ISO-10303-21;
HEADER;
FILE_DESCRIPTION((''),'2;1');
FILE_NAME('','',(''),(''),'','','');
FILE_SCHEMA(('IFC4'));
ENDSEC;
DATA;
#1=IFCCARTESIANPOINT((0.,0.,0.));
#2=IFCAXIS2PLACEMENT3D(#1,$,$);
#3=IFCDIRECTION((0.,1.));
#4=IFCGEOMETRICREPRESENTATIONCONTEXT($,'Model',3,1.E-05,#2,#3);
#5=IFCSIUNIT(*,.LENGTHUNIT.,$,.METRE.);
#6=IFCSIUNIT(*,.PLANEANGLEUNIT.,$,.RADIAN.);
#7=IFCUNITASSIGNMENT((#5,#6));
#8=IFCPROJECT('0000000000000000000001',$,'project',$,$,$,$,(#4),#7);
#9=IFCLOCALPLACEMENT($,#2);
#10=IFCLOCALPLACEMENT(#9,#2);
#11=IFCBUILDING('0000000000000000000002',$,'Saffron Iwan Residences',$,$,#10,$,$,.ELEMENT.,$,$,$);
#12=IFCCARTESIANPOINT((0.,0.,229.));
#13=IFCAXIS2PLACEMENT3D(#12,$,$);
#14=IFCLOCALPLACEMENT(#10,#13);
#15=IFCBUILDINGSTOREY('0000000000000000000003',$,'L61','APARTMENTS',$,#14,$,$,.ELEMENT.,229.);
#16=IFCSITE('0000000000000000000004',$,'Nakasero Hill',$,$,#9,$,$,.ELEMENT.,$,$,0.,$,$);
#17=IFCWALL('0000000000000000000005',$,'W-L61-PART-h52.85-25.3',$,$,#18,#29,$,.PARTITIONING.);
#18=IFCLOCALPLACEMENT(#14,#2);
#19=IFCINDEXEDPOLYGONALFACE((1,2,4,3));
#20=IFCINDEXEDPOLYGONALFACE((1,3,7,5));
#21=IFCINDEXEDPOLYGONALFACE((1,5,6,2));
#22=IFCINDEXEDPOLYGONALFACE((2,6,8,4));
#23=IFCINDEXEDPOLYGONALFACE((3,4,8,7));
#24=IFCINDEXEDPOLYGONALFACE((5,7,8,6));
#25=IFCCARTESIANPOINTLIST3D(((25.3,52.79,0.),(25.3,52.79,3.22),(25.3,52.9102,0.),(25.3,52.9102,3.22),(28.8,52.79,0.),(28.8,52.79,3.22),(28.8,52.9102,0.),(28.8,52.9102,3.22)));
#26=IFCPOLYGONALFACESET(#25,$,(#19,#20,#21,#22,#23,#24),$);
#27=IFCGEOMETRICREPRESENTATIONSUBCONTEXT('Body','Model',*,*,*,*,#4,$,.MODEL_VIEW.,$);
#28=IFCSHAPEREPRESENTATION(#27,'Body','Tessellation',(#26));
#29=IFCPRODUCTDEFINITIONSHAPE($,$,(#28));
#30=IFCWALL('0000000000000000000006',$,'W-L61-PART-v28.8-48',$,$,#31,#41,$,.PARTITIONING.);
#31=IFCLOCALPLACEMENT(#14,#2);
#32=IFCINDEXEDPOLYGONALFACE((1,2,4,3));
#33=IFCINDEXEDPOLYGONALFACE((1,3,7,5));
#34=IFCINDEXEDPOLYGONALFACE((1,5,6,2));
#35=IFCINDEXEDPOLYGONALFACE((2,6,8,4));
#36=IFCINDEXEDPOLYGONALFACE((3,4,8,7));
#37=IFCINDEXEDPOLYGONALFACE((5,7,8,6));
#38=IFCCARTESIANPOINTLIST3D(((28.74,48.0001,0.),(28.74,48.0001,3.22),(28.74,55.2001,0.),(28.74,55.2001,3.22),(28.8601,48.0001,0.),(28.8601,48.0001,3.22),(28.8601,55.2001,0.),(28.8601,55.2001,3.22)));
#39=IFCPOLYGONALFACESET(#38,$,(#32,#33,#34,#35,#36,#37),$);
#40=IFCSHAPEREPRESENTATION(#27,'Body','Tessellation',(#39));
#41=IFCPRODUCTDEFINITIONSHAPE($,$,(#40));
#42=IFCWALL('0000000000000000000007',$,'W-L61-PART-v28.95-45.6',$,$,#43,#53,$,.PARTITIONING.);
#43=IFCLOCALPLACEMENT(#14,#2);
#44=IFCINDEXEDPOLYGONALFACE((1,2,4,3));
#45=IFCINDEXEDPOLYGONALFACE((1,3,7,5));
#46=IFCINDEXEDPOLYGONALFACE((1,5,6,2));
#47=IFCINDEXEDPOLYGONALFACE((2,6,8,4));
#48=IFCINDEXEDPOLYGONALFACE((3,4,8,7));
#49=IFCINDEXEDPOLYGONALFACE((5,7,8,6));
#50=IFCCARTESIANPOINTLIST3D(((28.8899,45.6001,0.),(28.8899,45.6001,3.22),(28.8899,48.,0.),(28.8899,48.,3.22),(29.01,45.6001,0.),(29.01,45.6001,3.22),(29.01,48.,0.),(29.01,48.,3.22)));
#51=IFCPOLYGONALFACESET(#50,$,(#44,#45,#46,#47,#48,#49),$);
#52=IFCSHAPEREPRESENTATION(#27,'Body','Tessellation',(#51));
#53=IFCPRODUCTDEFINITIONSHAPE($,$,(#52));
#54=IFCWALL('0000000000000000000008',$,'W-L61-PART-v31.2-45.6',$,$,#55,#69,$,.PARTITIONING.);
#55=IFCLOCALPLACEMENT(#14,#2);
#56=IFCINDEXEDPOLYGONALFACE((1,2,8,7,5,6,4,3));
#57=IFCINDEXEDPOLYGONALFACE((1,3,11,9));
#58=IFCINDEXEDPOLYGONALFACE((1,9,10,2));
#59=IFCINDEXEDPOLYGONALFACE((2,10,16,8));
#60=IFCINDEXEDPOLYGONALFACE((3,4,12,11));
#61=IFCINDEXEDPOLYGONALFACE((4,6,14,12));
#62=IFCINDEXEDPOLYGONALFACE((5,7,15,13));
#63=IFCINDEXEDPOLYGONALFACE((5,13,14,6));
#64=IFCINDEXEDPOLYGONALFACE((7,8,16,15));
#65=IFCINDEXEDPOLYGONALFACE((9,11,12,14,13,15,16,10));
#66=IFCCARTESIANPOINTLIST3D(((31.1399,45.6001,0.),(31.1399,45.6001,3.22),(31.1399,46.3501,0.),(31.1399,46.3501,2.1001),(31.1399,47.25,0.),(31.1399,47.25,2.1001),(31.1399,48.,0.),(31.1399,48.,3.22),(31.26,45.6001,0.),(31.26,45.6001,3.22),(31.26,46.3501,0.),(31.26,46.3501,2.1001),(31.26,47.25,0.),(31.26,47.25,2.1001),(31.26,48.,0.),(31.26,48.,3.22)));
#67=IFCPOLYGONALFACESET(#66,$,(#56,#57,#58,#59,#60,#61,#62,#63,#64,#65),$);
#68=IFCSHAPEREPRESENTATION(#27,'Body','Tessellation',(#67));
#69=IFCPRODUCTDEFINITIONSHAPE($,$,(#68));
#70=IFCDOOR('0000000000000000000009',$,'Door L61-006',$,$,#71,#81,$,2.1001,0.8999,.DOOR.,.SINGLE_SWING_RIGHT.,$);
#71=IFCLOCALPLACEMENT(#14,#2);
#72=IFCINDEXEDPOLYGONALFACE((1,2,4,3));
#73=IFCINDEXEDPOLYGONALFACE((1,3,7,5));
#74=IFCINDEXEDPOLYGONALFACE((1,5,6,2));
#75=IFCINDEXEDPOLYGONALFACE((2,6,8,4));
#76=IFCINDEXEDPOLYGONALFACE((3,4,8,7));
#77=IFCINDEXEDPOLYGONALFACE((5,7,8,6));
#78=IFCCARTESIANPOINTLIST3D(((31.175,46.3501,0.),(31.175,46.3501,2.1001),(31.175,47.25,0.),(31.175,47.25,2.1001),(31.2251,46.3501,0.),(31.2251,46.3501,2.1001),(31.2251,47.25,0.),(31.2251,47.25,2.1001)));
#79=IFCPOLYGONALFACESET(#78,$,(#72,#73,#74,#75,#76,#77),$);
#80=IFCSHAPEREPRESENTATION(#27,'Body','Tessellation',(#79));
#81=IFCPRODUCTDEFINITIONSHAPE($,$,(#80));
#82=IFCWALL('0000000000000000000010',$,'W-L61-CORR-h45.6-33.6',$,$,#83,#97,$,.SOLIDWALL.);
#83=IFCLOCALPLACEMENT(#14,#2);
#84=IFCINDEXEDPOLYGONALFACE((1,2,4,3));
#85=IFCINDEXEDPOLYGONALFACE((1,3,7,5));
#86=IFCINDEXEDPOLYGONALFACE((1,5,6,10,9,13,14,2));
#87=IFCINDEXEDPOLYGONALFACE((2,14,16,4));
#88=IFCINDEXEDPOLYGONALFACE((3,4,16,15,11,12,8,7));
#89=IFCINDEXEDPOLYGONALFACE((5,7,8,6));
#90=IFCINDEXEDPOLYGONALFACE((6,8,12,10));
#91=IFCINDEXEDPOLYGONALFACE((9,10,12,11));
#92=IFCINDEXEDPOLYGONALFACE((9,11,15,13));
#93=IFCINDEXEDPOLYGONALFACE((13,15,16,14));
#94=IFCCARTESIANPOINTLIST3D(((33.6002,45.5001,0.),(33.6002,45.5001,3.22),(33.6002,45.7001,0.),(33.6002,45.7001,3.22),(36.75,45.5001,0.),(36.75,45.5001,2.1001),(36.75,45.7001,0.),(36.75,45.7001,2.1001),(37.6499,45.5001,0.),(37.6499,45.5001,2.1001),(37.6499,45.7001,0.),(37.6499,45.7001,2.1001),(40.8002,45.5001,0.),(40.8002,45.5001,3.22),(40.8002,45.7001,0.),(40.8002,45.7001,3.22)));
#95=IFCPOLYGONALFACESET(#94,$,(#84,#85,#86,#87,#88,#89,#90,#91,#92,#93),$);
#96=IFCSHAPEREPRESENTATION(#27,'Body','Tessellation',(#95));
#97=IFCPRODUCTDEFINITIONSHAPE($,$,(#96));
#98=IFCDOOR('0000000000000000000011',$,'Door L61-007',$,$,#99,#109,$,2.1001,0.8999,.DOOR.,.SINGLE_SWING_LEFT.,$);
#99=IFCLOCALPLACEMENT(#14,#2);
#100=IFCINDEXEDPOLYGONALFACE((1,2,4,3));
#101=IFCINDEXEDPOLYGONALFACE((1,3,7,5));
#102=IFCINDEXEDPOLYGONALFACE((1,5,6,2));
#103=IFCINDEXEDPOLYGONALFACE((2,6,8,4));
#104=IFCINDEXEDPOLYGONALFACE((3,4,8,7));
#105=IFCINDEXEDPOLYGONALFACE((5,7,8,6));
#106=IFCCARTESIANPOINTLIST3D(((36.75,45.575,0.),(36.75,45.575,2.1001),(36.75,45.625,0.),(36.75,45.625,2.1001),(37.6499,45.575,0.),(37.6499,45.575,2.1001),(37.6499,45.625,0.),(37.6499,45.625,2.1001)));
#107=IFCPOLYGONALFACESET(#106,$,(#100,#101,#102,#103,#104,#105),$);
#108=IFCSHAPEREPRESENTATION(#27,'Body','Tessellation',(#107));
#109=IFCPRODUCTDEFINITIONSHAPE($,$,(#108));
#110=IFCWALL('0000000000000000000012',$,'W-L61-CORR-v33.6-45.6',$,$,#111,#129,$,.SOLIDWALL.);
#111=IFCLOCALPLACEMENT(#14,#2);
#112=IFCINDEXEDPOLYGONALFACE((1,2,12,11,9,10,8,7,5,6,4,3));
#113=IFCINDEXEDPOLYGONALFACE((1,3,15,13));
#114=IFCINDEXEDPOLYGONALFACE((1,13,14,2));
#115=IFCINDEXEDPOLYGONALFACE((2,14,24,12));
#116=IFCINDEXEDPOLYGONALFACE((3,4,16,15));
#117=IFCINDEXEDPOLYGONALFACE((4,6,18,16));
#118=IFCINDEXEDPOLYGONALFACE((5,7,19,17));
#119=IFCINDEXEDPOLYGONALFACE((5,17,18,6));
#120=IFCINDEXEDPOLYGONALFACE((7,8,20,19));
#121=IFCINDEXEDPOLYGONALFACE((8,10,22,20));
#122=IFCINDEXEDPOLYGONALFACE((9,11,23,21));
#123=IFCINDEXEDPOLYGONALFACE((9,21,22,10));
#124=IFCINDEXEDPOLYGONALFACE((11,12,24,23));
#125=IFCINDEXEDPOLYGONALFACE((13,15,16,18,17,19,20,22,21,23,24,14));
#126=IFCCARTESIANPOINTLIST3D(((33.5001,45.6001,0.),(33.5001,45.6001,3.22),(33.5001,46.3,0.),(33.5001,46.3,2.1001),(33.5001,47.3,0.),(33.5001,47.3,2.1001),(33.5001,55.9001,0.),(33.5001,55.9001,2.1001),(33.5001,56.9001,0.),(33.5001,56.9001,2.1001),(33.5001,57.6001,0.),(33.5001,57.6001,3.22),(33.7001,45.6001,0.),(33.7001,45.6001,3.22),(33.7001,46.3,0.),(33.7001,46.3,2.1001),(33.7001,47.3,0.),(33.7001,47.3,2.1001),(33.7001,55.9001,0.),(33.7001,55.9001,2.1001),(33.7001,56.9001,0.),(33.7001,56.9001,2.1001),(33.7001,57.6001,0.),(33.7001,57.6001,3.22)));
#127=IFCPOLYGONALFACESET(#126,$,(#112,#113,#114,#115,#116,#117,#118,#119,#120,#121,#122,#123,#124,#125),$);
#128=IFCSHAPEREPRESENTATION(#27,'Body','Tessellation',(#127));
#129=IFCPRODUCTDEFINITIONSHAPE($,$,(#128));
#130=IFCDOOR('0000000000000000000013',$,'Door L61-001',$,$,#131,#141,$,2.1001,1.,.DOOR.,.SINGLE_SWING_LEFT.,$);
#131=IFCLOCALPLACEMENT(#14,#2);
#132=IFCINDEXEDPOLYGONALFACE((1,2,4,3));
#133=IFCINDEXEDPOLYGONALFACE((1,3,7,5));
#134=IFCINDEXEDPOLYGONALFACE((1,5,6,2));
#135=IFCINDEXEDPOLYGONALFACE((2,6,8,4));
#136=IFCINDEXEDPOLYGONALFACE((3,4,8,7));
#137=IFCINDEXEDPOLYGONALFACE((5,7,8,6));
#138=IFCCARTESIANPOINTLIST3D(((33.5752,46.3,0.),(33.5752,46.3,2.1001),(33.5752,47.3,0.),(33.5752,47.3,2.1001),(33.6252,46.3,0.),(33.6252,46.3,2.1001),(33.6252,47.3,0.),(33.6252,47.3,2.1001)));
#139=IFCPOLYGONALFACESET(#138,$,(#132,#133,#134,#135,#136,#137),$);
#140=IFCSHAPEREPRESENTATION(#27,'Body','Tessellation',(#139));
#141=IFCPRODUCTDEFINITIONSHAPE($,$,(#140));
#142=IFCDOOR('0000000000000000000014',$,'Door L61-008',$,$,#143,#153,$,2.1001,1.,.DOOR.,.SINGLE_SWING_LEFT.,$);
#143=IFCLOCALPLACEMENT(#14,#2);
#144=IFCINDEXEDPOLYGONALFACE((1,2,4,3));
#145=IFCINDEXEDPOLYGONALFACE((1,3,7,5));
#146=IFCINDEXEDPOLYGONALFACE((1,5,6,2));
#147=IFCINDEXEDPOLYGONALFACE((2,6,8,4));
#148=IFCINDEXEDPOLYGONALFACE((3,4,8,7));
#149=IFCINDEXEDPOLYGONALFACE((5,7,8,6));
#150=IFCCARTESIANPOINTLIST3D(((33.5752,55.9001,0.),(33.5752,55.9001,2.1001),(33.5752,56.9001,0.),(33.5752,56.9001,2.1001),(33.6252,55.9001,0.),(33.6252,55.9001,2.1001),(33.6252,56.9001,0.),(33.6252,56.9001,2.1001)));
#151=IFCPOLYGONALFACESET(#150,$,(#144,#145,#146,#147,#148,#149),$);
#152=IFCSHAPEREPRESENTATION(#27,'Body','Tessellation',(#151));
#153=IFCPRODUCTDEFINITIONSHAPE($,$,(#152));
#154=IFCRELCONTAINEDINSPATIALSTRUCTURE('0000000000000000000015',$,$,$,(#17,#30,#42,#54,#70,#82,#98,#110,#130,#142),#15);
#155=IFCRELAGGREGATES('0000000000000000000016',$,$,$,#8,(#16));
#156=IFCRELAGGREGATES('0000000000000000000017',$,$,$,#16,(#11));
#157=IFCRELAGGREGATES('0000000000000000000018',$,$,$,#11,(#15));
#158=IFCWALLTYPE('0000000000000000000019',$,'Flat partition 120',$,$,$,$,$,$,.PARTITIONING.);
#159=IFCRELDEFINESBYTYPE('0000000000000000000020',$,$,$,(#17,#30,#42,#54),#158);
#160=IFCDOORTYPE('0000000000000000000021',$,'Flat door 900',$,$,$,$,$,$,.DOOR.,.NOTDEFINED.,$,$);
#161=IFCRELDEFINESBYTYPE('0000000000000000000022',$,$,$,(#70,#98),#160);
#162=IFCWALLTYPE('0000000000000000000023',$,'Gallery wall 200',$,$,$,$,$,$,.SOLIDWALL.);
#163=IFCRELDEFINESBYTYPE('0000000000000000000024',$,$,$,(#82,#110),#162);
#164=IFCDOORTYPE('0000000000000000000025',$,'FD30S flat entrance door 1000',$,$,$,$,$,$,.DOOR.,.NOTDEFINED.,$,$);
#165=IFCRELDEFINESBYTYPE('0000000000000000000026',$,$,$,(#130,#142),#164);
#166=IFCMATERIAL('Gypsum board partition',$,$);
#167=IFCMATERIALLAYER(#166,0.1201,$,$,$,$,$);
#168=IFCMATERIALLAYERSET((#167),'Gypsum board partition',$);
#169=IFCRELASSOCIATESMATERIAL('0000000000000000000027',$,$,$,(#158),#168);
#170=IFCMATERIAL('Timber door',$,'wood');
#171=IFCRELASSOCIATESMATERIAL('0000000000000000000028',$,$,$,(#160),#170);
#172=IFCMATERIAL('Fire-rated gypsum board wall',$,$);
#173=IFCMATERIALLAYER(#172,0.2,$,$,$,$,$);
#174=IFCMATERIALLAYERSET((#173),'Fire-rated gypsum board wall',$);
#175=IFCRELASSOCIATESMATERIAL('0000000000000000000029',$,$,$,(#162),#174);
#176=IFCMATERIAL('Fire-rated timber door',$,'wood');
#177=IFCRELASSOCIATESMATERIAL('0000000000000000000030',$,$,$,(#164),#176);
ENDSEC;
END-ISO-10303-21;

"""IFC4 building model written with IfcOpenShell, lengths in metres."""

from ifc_helpers import new_model, si_unit, direction, frame, frame_2d, origin, place, context, subcontext, project, spatial, rectangle, extrude, material, layer, layer_set, type_object, element, fill, save


model = new_model("IFC4")

# Units and contexts
model_context = context("Model", 3, precision=1e-05, world=origin(), true_north=direction((0.0, 1.0)))
body_context = subcontext(model_context, "Body", "Model", "MODEL_VIEW")
ifc_project = project(units=[si_unit("LENGTHUNIT", "METRE"), si_unit("PLANEANGLEUNIT", "RADIAN")], contexts=[model_context])

# Site, building, storey
site_placement = place(None, origin())
site = spatial("IfcSite", under=ifc_project, at=site_placement, Name="Nakasero Hill", CompositionType="ELEMENT", RefElevation=0.0)
building_placement = place(site_placement, origin())
building = spatial("IfcBuilding", under=site, at=building_placement, Name="Saffron Iwan Residences", CompositionType="ELEMENT")
storey_placement = place(building_placement, frame((0.0, 0.0, 229.0)))
storey = spatial("IfcBuildingStorey", under=building, at=storey_placement, Name="L61", Description="APARTMENTS", CompositionType="ELEMENT", Elevation=229.0)

# Walls
ifc_material_1 = material(Name="Gypsum board partition")
ifc_layer_1 = layer(ifc_material_1, 0.1201)
ifc_layer_set_1 = layer_set([ifc_layer_1], Name="Gypsum board partition")
wall_type_1 = type_object("IfcWallType", Name="Flat partition 120", PredefinedType="PARTITIONING", material=ifc_layer_set_1)
wall_1_placement = place(storey_placement, frame((25.3, 52.8501, 0.0), z_axis=(0.0, 0.0, 1.0), x_axis=(1.0, 0.0, 0.0)))
element("IfcWall", 1, at=wall_1_placement, inside=storey, type_object=wall_type_1, Name="W-L61-PART-h52.85-25.3", PredefinedType="PARTITIONING", context=body_context, shape_type="SweptSolid", body=[
    extrude(rectangle(XDim=3.5, YDim=0.1201, at=frame_2d((1.75, 0.0))), origin(), (0.0, 0.0, 1.0), 3.22),
])
wall_2_placement = place(storey_placement, frame((28.8, 48.0, 0.0), z_axis=(0.0, 0.0, 1.0), x_axis=(0.0, 1.0, 0.0)))
element("IfcWall", 2, at=wall_2_placement, inside=storey, type_object=wall_type_1, Name="W-L61-PART-v28.8-48", PredefinedType="PARTITIONING", context=body_context, shape_type="SweptSolid", body=[
    extrude(rectangle(XDim=7.2, YDim=0.1201, at=frame_2d((3.6001, 0.0))), origin(), (0.0, 0.0, 1.0), 3.22),
])
wall_3_placement = place(storey_placement, frame((28.95, 45.6001, 0.0), z_axis=(0.0, 0.0, 1.0), x_axis=(0.0, 1.0, 0.0)))
element("IfcWall", 3, at=wall_3_placement, inside=storey, type_object=wall_type_1, Name="W-L61-PART-v28.95-45.6", PredefinedType="PARTITIONING", context=body_context, shape_type="SweptSolid", body=[
    extrude(rectangle(XDim=2.3999, YDim=0.1201, at=frame_2d((1.2, 0.0))), origin(), (0.0, 0.0, 1.0), 3.22),
])

# Walls, openings, doors
wall_4_placement = place(storey_placement, frame((31.2, 45.6001, 0.0), z_axis=(0.0, 0.0, 1.0), x_axis=(0.0, 1.0, 0.0)))
wall_4 = element("IfcWall", 4, at=wall_4_placement, inside=storey, type_object=wall_type_1, Name="W-L61-PART-v31.2-45.6", PredefinedType="PARTITIONING", context=body_context, shape_type="SweptSolid", body=[
    extrude(rectangle(XDim=2.3999, YDim=0.1201, at=frame_2d((1.2, 0.0))), origin(), (0.0, 0.0, 1.0), 3.22),
])
opening_1_placement = place(wall_4_placement, frame((0.75, 0.0, 0.0)))
opening_1 = element("IfcOpeningElement", 5, at=opening_1_placement, cuts=wall_4, PredefinedType="OPENING", context=body_context, shape_type="SweptSolid", body=[
    extrude(rectangle(XDim=0.8999, YDim=2.1001, at=frame_2d((0.45, 1.05))), frame((0.0, 0.0701, 0.0), z_axis=(0.0, -1.0, 0.0), x_axis=(1.0, 0.0, 0.0)), (0.0, 0.0, 1.0), 0.1401),
])
ifc_material_2 = material(Name="Timber door", Category="wood")
door_type_1 = type_object("IfcDoorType", Name="Flat door 900", OperationType="NOTDEFINED", PredefinedType="DOOR", material=ifc_material_2)
door_1_placement = place(opening_1_placement, origin())
door_1 = element("IfcDoor", 6, at=door_1_placement, inside=storey, type_object=door_type_1, Name="Door L61-006", OperationType="SINGLE_SWING_RIGHT", OverallHeight=2.1001, OverallWidth=0.8999, PredefinedType="DOOR", context=body_context, shape_type="SweptSolid", body=[
    extrude(rectangle(XDim=0.8999, YDim=2.1001, at=frame_2d((0.45, 1.05))), frame((0.0, 0.0249, 0.0), z_axis=(0.0, -1.0, 0.0), x_axis=(1.0, 0.0, 0.0)), (0.0, 0.0, 1.0), 0.05),
])
fill(opening_1, door_1)
ifc_material_3 = material(Name="Fire-rated gypsum board wall")
ifc_layer_2 = layer(ifc_material_3, 0.2)
ifc_layer_set_2 = layer_set([ifc_layer_2], Name="Fire-rated gypsum board wall")
wall_type_2 = type_object("IfcWallType", Name="Gallery wall 200", PredefinedType="SOLIDWALL", material=ifc_layer_set_2)
wall_5_placement = place(storey_placement, frame((33.6001, 45.6001, 0.0), z_axis=(0.0, 0.0, 1.0), x_axis=(1.0, 0.0, 0.0)))
wall_5 = element("IfcWall", 7, at=wall_5_placement, inside=storey, type_object=wall_type_2, Name="W-L61-CORR-h45.6-33.6", PredefinedType="SOLIDWALL", context=body_context, shape_type="SweptSolid", body=[
    extrude(rectangle(XDim=7.2, YDim=0.2, at=frame_2d((3.6001, 0.0))), origin(), (0.0, 0.0, 1.0), 3.22),
])
opening_2_placement = place(wall_5_placement, frame((3.1499, 0.0, 0.0)))
opening_2 = element("IfcOpeningElement", 8, at=opening_2_placement, cuts=wall_5, PredefinedType="OPENING", context=body_context, shape_type="SweptSolid", body=[
    extrude(rectangle(XDim=0.8999, YDim=2.1001, at=frame_2d((0.45, 1.05))), frame((0.0, 0.1099, 0.0), z_axis=(0.0, -1.0, 0.0), x_axis=(1.0, 0.0, 0.0)), (0.0, 0.0, 1.0), 0.22),
])
door_2_placement = place(opening_2_placement, origin())
door_2 = element("IfcDoor", 9, at=door_2_placement, inside=storey, type_object=door_type_1, Name="Door L61-007", OperationType="SINGLE_SWING_LEFT", OverallHeight=2.1001, OverallWidth=0.8999, PredefinedType="DOOR", context=body_context, shape_type="SweptSolid", body=[
    extrude(rectangle(XDim=0.8999, YDim=2.1001, at=frame_2d((0.45, 1.05))), frame((0.0, 0.0249, 0.0), z_axis=(0.0, -1.0, 0.0), x_axis=(1.0, 0.0, 0.0)), (0.0, 0.0, 1.0), 0.05),
])
fill(opening_2, door_2)

# Wall, openings, doors
wall_6_placement = place(storey_placement, frame((33.6001, 45.6001, 0.0), z_axis=(0.0, 0.0, 1.0), x_axis=(0.0, 1.0, 0.0)))
wall_6 = element("IfcWall", 10, at=wall_6_placement, inside=storey, type_object=wall_type_2, Name="W-L61-CORR-v33.6-45.6", PredefinedType="SOLIDWALL", context=body_context, shape_type="SweptSolid", body=[
    extrude(rectangle(XDim=12.0, YDim=0.2, at=frame_2d((6.0, 0.0))), origin(), (0.0, 0.0, 1.0), 3.22),
])
opening_3_placement = place(wall_6_placement, frame((0.7, 0.0, 0.0)))
opening_3 = element("IfcOpeningElement", 11, at=opening_3_placement, cuts=wall_6, PredefinedType="OPENING", context=body_context, shape_type="SweptSolid", body=[
    extrude(rectangle(XDim=1.0, YDim=2.1001, at=frame_2d((0.5, 1.05))), frame((0.0, 0.1099, 0.0), z_axis=(0.0, -1.0, 0.0), x_axis=(1.0, 0.0, 0.0)), (0.0, 0.0, 1.0), 0.22),
])
opening_4_placement = place(wall_6_placement, frame((10.3, 0.0, 0.0)))
opening_4 = element("IfcOpeningElement", 12, at=opening_4_placement, cuts=wall_6, PredefinedType="OPENING", context=body_context, shape_type="SweptSolid", body=[
    extrude(rectangle(XDim=1.0, YDim=2.1001, at=frame_2d((0.5, 1.05))), frame((0.0, 0.1099, 0.0), z_axis=(0.0, -1.0, 0.0), x_axis=(1.0, 0.0, 0.0)), (0.0, 0.0, 1.0), 0.22),
])
ifc_material_4 = material(Name="Fire-rated timber door", Category="wood")
door_type_2 = type_object("IfcDoorType", Name="FD30S flat entrance door 1000", OperationType="NOTDEFINED", PredefinedType="DOOR", material=ifc_material_4)
door_3_placement = place(opening_3_placement, origin())
door_3 = element("IfcDoor", 13, at=door_3_placement, inside=storey, type_object=door_type_2, Name="Door L61-001", OperationType="SINGLE_SWING_LEFT", OverallHeight=2.1001, OverallWidth=1.0, PredefinedType="DOOR", context=body_context, shape_type="SweptSolid", body=[
    extrude(rectangle(XDim=1.0, YDim=2.1001, at=frame_2d((0.5, 1.05))), frame((0.0, 0.0249, 0.0), z_axis=(0.0, -1.0, 0.0), x_axis=(1.0, 0.0, 0.0)), (0.0, 0.0, 1.0), 0.05),
])
fill(opening_3, door_3)
door_4_placement = place(opening_4_placement, origin())
door_4 = element("IfcDoor", 14, at=door_4_placement, inside=storey, type_object=door_type_2, Name="Door L61-008", OperationType="SINGLE_SWING_LEFT", OverallHeight=2.1001, OverallWidth=1.0, PredefinedType="DOOR", context=body_context, shape_type="SweptSolid", body=[
    extrude(rectangle(XDim=1.0, YDim=2.1001, at=frame_2d((0.5, 1.05))), frame((0.0, 0.0249, 0.0), z_axis=(0.0, -1.0, 0.0), x_axis=(1.0, 0.0, 0.0)), (0.0, 0.0, 1.0), 0.05),
])
fill(opening_4, door_4)

save(model, "model.ifc")
